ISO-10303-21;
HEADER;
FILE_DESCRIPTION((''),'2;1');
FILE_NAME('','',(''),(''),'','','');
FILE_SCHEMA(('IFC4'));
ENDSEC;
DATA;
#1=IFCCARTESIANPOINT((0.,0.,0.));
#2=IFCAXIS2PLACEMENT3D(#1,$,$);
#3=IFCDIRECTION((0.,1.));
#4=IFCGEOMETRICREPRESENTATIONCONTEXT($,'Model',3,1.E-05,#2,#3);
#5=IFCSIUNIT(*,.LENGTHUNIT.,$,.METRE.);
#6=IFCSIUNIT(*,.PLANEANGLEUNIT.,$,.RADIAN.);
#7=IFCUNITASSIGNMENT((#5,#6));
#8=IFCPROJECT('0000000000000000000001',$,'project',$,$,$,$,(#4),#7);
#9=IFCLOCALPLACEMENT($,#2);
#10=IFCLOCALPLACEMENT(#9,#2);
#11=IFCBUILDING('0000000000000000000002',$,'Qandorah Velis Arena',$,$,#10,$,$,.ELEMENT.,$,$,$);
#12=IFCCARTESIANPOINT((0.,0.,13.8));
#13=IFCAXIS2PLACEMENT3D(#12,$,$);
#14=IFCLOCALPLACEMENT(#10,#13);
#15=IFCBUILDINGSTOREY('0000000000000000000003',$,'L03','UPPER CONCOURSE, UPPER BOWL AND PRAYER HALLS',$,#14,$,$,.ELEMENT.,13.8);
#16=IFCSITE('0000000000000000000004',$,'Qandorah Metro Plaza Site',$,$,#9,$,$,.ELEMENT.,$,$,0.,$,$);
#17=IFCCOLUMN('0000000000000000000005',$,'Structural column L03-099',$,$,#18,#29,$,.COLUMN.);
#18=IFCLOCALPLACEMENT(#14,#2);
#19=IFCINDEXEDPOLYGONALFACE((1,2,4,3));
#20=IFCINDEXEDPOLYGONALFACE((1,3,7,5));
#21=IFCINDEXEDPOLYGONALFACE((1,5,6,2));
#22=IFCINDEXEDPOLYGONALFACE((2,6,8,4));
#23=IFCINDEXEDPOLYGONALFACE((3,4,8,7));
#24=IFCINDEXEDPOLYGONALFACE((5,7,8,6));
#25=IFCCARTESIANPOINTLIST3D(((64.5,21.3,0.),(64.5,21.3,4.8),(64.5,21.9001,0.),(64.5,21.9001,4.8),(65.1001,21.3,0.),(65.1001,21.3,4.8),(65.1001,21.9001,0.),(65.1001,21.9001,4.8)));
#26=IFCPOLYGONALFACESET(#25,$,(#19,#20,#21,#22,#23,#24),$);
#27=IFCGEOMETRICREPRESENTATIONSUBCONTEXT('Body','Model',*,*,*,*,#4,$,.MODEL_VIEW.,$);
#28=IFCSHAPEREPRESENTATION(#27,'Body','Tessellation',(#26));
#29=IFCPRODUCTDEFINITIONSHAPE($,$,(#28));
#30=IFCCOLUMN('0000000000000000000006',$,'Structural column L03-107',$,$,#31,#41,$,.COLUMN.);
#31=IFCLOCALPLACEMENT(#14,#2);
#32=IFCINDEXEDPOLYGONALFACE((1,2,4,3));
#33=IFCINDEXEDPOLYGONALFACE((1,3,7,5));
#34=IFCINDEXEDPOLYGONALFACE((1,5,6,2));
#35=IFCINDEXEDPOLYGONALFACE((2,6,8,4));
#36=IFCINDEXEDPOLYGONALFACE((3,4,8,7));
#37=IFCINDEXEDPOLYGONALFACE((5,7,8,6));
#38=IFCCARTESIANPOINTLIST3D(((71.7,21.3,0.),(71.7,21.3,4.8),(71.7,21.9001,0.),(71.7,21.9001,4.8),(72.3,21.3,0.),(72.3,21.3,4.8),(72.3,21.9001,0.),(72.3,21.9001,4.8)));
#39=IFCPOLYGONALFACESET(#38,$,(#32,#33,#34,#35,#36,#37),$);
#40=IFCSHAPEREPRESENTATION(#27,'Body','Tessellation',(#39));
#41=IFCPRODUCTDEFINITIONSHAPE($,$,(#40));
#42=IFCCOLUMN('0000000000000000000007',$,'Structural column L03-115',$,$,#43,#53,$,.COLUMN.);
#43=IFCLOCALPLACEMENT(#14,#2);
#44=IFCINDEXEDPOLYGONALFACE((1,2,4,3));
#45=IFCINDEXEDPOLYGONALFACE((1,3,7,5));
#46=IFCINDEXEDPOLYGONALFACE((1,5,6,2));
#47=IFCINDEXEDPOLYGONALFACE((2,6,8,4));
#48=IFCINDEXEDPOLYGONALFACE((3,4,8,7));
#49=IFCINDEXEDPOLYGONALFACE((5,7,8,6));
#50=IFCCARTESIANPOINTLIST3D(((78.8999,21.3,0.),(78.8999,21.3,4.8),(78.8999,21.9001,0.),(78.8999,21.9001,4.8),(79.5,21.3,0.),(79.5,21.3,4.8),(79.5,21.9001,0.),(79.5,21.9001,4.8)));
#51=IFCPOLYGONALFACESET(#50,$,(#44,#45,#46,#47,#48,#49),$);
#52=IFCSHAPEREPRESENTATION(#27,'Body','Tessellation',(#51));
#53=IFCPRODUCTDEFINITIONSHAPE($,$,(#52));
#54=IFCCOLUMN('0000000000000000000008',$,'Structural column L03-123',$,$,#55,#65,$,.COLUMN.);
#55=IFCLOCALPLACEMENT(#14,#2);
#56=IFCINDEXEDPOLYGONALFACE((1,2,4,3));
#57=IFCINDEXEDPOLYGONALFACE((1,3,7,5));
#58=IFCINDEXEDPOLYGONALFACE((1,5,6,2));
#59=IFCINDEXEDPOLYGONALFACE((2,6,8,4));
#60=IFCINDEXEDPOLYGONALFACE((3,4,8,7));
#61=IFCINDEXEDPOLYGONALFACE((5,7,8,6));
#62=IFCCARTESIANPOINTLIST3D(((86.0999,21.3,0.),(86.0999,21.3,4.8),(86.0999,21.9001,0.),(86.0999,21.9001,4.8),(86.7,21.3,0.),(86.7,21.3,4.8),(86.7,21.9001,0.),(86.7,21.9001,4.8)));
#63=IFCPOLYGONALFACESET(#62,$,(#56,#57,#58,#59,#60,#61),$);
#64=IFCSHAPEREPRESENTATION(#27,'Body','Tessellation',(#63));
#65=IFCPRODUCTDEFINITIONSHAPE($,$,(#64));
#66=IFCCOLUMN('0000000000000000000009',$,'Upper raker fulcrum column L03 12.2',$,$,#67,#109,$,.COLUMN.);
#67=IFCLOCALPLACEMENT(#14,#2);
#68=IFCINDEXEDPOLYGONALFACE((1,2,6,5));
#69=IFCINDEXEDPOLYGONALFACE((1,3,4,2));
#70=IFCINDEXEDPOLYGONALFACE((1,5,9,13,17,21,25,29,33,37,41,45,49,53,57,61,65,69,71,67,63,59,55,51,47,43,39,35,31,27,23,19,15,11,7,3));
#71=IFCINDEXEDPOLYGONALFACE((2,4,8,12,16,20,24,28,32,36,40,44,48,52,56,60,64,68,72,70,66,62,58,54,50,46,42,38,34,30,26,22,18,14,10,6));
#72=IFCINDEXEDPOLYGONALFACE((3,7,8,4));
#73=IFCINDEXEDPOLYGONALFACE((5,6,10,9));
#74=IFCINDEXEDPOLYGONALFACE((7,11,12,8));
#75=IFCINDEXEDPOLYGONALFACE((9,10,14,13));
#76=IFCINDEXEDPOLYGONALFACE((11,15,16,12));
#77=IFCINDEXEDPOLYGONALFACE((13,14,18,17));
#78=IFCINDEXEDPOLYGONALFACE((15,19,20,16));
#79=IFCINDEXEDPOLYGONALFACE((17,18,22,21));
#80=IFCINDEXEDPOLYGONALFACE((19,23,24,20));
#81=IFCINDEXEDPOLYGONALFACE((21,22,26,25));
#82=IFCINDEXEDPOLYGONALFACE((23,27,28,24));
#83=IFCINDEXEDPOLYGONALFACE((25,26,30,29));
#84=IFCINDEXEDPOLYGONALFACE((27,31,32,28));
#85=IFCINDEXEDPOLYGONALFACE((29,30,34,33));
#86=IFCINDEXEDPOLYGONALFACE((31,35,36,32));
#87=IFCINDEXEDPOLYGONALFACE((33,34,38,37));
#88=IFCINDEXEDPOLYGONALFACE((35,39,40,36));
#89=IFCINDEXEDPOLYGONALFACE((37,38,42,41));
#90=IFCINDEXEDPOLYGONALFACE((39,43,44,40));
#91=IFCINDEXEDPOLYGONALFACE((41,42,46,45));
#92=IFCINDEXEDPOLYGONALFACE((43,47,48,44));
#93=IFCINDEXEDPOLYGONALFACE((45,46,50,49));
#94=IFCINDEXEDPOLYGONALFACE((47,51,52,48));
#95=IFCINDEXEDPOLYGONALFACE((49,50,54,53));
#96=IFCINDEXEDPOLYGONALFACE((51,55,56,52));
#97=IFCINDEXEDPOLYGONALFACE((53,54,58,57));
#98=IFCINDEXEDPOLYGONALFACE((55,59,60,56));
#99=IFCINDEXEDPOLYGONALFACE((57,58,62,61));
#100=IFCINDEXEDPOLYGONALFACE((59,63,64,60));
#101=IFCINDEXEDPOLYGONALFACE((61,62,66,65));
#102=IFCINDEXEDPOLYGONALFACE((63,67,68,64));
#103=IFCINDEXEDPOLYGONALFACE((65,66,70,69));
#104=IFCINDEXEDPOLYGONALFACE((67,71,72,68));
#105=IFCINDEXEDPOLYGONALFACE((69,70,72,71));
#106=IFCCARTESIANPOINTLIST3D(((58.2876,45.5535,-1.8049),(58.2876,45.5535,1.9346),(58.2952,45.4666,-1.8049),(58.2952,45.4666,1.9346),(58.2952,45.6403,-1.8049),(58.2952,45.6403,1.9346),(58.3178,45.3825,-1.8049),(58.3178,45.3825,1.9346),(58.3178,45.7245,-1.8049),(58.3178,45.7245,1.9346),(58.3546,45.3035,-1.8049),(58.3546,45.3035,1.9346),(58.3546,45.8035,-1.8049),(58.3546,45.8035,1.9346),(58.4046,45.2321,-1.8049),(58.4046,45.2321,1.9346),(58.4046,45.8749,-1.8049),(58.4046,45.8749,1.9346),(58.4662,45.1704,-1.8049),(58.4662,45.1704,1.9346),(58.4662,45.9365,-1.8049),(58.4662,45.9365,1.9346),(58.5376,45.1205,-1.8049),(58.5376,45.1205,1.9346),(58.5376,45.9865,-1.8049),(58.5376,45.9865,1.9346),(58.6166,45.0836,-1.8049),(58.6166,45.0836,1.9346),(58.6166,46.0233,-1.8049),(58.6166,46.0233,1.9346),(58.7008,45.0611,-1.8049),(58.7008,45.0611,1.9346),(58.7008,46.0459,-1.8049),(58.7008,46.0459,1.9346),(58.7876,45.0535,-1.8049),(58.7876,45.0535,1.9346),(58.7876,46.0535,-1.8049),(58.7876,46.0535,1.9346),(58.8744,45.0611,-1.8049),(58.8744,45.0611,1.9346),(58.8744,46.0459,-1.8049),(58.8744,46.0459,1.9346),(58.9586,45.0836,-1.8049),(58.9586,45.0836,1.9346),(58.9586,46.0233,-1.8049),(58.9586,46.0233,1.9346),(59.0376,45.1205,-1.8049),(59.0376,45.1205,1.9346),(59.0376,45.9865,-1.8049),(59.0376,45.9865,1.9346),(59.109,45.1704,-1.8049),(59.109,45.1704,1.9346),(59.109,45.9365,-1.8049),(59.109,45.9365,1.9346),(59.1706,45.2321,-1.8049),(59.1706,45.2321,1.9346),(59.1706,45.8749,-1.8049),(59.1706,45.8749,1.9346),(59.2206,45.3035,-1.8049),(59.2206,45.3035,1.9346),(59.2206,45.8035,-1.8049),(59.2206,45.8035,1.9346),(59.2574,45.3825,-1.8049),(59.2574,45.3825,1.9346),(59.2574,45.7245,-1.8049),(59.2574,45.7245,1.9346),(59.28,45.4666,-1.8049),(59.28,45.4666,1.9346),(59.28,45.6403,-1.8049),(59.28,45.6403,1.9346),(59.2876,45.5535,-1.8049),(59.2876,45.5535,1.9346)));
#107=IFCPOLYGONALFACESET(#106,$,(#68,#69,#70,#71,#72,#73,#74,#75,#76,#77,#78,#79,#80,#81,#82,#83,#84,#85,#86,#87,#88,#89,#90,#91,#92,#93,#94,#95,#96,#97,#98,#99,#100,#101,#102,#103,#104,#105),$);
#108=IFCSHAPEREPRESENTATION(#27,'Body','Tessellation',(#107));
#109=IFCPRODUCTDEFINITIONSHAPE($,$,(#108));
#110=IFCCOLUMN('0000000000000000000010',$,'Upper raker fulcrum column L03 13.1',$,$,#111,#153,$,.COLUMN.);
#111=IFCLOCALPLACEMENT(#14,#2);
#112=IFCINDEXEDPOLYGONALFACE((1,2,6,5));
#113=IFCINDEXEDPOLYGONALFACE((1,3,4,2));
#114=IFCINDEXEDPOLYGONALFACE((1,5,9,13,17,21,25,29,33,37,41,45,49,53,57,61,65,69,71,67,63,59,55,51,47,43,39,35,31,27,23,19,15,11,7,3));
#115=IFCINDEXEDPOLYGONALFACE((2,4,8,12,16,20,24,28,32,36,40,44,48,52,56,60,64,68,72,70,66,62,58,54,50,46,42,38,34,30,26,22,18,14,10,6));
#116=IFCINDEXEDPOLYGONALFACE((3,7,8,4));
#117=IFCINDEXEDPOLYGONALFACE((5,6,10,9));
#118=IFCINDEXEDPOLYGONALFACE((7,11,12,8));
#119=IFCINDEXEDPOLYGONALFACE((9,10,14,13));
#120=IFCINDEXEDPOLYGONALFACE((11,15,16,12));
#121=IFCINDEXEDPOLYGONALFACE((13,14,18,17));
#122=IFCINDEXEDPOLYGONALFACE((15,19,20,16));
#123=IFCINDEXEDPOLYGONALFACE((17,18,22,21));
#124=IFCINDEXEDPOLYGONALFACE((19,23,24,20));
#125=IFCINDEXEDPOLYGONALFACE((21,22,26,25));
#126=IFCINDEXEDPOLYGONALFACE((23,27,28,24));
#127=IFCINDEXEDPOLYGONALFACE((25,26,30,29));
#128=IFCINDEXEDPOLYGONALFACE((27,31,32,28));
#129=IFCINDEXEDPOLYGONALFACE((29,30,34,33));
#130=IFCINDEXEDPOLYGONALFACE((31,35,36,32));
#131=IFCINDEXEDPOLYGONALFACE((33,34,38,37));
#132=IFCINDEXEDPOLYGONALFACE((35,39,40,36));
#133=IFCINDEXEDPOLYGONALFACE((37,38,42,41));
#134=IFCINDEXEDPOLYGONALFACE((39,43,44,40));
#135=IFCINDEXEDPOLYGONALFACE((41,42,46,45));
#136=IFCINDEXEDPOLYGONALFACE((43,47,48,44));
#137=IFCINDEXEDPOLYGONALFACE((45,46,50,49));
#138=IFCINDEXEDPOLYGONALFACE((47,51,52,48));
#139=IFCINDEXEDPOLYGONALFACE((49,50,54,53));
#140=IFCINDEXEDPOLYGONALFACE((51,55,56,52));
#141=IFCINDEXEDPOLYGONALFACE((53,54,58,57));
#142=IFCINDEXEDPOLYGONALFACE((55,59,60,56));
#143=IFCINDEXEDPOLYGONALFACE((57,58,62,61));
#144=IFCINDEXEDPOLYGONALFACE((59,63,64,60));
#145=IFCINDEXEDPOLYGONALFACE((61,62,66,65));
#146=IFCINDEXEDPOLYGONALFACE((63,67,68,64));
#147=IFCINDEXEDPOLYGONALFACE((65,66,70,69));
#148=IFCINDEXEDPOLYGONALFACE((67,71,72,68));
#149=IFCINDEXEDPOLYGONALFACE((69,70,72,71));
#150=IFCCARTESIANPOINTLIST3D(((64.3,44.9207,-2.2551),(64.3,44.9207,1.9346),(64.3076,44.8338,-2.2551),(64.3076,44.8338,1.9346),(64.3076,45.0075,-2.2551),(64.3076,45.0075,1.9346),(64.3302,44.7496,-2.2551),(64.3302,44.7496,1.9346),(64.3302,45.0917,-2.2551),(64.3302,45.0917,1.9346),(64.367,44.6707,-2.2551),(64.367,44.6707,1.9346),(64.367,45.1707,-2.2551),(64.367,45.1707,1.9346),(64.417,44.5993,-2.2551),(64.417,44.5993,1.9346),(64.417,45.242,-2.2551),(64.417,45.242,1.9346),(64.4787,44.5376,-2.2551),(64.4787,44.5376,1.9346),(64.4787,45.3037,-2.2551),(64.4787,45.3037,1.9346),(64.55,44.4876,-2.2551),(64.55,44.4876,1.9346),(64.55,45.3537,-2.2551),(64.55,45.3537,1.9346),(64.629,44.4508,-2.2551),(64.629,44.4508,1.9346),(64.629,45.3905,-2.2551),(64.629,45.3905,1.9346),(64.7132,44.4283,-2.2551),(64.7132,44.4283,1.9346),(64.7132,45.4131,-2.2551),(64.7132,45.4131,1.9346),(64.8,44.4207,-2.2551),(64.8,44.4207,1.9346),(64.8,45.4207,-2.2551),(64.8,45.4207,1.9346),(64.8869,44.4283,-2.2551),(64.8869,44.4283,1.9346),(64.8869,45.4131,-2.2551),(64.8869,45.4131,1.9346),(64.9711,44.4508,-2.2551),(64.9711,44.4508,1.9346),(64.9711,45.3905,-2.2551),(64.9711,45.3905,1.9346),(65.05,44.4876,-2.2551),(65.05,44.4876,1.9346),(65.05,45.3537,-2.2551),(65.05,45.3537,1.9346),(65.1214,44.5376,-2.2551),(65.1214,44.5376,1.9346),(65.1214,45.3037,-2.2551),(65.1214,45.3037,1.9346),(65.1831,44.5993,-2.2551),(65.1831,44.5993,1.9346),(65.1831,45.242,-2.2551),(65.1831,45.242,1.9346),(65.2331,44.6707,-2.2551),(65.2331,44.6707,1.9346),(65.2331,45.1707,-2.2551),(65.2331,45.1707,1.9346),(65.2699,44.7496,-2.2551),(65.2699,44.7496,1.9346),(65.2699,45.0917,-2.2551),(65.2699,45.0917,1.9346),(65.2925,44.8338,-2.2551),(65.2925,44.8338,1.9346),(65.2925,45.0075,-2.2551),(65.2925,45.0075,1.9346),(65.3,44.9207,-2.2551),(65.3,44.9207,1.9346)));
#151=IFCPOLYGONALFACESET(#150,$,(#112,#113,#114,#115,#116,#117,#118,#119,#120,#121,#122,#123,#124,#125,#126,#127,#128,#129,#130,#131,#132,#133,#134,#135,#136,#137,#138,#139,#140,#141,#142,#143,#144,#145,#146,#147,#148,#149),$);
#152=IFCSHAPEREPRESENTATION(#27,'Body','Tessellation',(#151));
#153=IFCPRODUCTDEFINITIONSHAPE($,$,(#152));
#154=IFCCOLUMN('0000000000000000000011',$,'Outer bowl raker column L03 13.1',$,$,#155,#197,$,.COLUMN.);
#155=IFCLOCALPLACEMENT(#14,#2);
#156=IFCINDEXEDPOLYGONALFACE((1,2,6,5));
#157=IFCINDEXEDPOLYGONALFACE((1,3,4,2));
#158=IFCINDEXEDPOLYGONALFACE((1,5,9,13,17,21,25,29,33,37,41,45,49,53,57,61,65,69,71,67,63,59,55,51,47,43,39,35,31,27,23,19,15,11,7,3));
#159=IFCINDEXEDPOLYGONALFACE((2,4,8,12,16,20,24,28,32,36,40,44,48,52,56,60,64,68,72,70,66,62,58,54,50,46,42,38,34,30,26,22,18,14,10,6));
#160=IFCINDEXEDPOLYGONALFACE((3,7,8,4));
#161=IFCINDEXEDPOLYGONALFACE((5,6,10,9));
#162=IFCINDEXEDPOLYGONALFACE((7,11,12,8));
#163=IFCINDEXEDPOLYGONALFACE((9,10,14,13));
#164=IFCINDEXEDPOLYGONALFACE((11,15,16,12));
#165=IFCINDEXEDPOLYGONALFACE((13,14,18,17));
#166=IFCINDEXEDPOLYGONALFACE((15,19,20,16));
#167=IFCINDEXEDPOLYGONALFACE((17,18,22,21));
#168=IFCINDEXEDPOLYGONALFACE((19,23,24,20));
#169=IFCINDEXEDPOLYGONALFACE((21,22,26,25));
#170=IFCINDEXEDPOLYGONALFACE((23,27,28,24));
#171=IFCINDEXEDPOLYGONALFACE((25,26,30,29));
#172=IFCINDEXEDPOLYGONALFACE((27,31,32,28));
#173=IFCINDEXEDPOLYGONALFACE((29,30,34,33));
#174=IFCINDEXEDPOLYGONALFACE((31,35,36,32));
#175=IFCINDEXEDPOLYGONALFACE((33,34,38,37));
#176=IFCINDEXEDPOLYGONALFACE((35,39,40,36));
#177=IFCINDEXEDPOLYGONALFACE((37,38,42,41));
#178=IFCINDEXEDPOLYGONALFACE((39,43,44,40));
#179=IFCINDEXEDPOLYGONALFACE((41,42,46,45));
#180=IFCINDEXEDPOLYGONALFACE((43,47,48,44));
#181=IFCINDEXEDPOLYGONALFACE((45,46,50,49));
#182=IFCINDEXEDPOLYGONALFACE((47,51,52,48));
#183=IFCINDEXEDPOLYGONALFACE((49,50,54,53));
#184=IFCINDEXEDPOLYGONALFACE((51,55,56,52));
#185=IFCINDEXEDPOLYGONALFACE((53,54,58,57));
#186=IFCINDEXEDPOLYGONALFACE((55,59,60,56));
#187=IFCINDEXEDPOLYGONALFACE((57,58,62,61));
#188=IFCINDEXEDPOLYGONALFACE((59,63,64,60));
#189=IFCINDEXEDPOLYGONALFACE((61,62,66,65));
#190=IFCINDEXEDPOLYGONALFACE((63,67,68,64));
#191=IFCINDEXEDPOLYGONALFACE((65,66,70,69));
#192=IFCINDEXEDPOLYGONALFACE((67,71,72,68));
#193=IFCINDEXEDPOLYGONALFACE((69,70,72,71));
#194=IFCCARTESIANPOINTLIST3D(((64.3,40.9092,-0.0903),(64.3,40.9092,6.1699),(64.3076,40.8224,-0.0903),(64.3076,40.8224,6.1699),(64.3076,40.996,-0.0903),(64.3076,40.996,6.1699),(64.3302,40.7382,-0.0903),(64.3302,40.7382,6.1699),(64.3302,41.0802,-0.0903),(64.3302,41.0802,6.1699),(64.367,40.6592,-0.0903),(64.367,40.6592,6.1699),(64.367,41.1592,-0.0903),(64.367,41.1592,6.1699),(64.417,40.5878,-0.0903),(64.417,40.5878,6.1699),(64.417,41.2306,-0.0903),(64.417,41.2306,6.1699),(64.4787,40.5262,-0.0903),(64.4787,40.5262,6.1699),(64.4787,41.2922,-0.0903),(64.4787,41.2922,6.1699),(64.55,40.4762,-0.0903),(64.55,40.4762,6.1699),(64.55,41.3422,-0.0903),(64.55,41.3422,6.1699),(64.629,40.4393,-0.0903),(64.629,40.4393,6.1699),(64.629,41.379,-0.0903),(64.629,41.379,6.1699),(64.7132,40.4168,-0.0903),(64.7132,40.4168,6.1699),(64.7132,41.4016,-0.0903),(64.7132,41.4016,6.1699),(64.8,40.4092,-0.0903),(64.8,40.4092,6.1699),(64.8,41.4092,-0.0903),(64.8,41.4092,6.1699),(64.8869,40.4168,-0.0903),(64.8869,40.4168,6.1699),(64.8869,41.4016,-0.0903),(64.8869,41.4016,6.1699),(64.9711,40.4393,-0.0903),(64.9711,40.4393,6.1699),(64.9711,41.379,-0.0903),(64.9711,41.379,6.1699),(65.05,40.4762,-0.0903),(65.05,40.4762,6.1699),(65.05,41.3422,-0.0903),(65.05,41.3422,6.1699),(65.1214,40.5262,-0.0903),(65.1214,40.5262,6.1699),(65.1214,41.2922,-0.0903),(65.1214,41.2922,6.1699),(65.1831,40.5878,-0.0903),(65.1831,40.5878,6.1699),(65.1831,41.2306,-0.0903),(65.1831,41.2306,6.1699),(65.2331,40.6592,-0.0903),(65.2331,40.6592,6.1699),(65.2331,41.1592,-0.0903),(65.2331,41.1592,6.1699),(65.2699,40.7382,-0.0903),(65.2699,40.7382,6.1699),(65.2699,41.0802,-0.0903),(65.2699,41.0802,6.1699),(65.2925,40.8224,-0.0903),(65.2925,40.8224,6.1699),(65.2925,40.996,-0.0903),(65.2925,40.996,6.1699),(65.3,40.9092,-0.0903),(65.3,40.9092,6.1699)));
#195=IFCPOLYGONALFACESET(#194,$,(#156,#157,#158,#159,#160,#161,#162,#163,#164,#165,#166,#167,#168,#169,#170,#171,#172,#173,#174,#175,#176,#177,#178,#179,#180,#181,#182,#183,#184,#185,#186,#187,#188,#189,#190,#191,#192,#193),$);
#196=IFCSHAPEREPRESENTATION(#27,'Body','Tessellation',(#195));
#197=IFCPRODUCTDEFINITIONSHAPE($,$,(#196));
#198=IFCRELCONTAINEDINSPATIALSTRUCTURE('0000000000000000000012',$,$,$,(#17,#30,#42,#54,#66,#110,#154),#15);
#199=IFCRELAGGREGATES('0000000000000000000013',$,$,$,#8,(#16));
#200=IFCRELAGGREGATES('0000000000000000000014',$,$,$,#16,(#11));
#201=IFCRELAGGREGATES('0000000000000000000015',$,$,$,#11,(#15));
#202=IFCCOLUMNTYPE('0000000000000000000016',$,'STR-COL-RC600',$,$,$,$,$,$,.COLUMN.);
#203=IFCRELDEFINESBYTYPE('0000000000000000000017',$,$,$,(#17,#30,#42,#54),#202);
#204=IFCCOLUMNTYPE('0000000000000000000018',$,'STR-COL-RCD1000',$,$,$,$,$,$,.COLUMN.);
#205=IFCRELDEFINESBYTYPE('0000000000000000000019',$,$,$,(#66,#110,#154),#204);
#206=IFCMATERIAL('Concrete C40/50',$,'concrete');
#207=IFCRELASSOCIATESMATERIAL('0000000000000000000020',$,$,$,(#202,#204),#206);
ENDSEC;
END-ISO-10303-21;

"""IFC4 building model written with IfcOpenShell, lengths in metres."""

from ifc_helpers import new_model, si_unit, direction, frame, origin, origin_2d, place, context, subcontext, project, spatial, rectangle, circle, extrude, material, material_profile, profile_set, type_object, element, save


model = new_model("IFC4")

# Units and contexts
model_context = context("Model", 3, precision=1e-05, world=origin(), true_north=direction((0.0, 1.0)))
body_context = subcontext(model_context, "Body", "Model", "MODEL_VIEW")
ifc_project = project(units=[si_unit("LENGTHUNIT", "METRE"), si_unit("PLANEANGLEUNIT", "RADIAN")], contexts=[model_context])

# Site, building, storey
site_placement = place(None, origin())
site = spatial("IfcSite", under=ifc_project, at=site_placement, Name="Qandorah Metro Plaza Site", CompositionType="ELEMENT", RefElevation=0.0)
building_placement = place(site_placement, origin())
building = spatial("IfcBuilding", under=site, at=building_placement, Name="Qandorah Velis Arena", CompositionType="ELEMENT")
storey_placement = place(building_placement, frame((0.0, 0.0, 13.8)))
storey = spatial("IfcBuildingStorey", under=building, at=storey_placement, Name="L03", Description="UPPER CONCOURSE, UPPER BOWL AND PRAYER HALLS", CompositionType="ELEMENT", Elevation=13.8)

# Columns
ifc_material_1 = material(Name="Concrete C40/50", Category="concrete")
ifc_material_profile_1 = material_profile(ifc_material_1, rectangle(XDim=0.6001, YDim=0.6001, at=origin_2d()), Name="RC COL 600x600")
ifc_profile_set_1 = profile_set([ifc_material_profile_1], Name="Concrete C40/50")
column_type_1 = type_object("IfcColumnType", Name="STR-COL-RC600", PredefinedType="COLUMN", material=ifc_profile_set_1)
for number, where, z_axis, x_axis, name in (
    (1, (64.8, 21.6001, 0.0), (0.0, 0.0, 1.0), (1.0, 0.0, 0.0), "Structural column L03-099"),
    (2, (72.0, 21.6001, 0.0), (0.0, 0.0, 1.0), (1.0, 0.0, 0.0), "Structural column L03-107"),
    (3, (79.2, 21.6001, 0.0), (0.0, 0.0, 1.0), (1.0, 0.0, 0.0), "Structural column L03-115"),
    (4, (86.3999, 21.6001, 0.0), (0.0, 0.0, 1.0), (1.0, 0.0, 0.0), "Structural column L03-123"),
):
    element("IfcColumn", number, at=place(storey_placement, frame(where, z_axis=z_axis, x_axis=x_axis)), inside=storey, type_object=column_type_1, Name=name, PredefinedType="COLUMN", context=body_context, shape_type="SweptSolid", body=[
        extrude(rectangle(XDim=0.6001, YDim=0.6001, at=origin_2d()), origin(), (0.0, 0.0, 1.0), 4.8),
    ])
ifc_material_profile_2 = material_profile(ifc_material_1, circle(Radius=0.5, at=origin_2d()), Name="RC D1000")
ifc_profile_set_2 = profile_set([ifc_material_profile_2], Name="Concrete C40/50")
column_type_2 = type_object("IfcColumnType", Name="STR-COL-RCD1000", PredefinedType="COLUMN", material=ifc_profile_set_2)
column_1_placement = place(storey_placement, frame((58.7876, 45.5535, -1.8049), z_axis=(0.0, 0.0, 1.0), x_axis=(1.0, 0.0, 0.0)))
element("IfcColumn", 5, at=column_1_placement, inside=storey, type_object=column_type_2, Name="Upper raker fulcrum column L03 12.2", PredefinedType="COLUMN", context=body_context, shape_type="SweptSolid", body=[
    extrude(circle(Radius=0.5, at=origin_2d()), origin(), (0.0, 0.0, 1.0), 3.7395),
])
column_2_placement = place(storey_placement, frame((64.8, 44.9207, -2.2551), z_axis=(0.0, 0.0, 1.0), x_axis=(1.0, 0.0, 0.0)))
element("IfcColumn", 6, at=column_2_placement, inside=storey, type_object=column_type_2, Name="Upper raker fulcrum column L03 13.1", PredefinedType="COLUMN", context=body_context, shape_type="SweptSolid", body=[
    extrude(circle(Radius=0.5, at=origin_2d()), origin(), (0.0, 0.0, 1.0), 4.1897),
])
column_3_placement = place(storey_placement, frame((64.8, 40.9092, -0.0903), z_axis=(0.0, 0.0, 1.0), x_axis=(1.0, 0.0, 0.0)))
element("IfcColumn", 7, at=column_3_placement, inside=storey, type_object=column_type_2, Name="Outer bowl raker column L03 13.1", PredefinedType="COLUMN", context=body_context, shape_type="SweptSolid", body=[
    extrude(circle(Radius=0.5, at=origin_2d()), origin(), (0.0, 0.0, 1.0), 6.2603),
])

save(model, "model.ifc")
